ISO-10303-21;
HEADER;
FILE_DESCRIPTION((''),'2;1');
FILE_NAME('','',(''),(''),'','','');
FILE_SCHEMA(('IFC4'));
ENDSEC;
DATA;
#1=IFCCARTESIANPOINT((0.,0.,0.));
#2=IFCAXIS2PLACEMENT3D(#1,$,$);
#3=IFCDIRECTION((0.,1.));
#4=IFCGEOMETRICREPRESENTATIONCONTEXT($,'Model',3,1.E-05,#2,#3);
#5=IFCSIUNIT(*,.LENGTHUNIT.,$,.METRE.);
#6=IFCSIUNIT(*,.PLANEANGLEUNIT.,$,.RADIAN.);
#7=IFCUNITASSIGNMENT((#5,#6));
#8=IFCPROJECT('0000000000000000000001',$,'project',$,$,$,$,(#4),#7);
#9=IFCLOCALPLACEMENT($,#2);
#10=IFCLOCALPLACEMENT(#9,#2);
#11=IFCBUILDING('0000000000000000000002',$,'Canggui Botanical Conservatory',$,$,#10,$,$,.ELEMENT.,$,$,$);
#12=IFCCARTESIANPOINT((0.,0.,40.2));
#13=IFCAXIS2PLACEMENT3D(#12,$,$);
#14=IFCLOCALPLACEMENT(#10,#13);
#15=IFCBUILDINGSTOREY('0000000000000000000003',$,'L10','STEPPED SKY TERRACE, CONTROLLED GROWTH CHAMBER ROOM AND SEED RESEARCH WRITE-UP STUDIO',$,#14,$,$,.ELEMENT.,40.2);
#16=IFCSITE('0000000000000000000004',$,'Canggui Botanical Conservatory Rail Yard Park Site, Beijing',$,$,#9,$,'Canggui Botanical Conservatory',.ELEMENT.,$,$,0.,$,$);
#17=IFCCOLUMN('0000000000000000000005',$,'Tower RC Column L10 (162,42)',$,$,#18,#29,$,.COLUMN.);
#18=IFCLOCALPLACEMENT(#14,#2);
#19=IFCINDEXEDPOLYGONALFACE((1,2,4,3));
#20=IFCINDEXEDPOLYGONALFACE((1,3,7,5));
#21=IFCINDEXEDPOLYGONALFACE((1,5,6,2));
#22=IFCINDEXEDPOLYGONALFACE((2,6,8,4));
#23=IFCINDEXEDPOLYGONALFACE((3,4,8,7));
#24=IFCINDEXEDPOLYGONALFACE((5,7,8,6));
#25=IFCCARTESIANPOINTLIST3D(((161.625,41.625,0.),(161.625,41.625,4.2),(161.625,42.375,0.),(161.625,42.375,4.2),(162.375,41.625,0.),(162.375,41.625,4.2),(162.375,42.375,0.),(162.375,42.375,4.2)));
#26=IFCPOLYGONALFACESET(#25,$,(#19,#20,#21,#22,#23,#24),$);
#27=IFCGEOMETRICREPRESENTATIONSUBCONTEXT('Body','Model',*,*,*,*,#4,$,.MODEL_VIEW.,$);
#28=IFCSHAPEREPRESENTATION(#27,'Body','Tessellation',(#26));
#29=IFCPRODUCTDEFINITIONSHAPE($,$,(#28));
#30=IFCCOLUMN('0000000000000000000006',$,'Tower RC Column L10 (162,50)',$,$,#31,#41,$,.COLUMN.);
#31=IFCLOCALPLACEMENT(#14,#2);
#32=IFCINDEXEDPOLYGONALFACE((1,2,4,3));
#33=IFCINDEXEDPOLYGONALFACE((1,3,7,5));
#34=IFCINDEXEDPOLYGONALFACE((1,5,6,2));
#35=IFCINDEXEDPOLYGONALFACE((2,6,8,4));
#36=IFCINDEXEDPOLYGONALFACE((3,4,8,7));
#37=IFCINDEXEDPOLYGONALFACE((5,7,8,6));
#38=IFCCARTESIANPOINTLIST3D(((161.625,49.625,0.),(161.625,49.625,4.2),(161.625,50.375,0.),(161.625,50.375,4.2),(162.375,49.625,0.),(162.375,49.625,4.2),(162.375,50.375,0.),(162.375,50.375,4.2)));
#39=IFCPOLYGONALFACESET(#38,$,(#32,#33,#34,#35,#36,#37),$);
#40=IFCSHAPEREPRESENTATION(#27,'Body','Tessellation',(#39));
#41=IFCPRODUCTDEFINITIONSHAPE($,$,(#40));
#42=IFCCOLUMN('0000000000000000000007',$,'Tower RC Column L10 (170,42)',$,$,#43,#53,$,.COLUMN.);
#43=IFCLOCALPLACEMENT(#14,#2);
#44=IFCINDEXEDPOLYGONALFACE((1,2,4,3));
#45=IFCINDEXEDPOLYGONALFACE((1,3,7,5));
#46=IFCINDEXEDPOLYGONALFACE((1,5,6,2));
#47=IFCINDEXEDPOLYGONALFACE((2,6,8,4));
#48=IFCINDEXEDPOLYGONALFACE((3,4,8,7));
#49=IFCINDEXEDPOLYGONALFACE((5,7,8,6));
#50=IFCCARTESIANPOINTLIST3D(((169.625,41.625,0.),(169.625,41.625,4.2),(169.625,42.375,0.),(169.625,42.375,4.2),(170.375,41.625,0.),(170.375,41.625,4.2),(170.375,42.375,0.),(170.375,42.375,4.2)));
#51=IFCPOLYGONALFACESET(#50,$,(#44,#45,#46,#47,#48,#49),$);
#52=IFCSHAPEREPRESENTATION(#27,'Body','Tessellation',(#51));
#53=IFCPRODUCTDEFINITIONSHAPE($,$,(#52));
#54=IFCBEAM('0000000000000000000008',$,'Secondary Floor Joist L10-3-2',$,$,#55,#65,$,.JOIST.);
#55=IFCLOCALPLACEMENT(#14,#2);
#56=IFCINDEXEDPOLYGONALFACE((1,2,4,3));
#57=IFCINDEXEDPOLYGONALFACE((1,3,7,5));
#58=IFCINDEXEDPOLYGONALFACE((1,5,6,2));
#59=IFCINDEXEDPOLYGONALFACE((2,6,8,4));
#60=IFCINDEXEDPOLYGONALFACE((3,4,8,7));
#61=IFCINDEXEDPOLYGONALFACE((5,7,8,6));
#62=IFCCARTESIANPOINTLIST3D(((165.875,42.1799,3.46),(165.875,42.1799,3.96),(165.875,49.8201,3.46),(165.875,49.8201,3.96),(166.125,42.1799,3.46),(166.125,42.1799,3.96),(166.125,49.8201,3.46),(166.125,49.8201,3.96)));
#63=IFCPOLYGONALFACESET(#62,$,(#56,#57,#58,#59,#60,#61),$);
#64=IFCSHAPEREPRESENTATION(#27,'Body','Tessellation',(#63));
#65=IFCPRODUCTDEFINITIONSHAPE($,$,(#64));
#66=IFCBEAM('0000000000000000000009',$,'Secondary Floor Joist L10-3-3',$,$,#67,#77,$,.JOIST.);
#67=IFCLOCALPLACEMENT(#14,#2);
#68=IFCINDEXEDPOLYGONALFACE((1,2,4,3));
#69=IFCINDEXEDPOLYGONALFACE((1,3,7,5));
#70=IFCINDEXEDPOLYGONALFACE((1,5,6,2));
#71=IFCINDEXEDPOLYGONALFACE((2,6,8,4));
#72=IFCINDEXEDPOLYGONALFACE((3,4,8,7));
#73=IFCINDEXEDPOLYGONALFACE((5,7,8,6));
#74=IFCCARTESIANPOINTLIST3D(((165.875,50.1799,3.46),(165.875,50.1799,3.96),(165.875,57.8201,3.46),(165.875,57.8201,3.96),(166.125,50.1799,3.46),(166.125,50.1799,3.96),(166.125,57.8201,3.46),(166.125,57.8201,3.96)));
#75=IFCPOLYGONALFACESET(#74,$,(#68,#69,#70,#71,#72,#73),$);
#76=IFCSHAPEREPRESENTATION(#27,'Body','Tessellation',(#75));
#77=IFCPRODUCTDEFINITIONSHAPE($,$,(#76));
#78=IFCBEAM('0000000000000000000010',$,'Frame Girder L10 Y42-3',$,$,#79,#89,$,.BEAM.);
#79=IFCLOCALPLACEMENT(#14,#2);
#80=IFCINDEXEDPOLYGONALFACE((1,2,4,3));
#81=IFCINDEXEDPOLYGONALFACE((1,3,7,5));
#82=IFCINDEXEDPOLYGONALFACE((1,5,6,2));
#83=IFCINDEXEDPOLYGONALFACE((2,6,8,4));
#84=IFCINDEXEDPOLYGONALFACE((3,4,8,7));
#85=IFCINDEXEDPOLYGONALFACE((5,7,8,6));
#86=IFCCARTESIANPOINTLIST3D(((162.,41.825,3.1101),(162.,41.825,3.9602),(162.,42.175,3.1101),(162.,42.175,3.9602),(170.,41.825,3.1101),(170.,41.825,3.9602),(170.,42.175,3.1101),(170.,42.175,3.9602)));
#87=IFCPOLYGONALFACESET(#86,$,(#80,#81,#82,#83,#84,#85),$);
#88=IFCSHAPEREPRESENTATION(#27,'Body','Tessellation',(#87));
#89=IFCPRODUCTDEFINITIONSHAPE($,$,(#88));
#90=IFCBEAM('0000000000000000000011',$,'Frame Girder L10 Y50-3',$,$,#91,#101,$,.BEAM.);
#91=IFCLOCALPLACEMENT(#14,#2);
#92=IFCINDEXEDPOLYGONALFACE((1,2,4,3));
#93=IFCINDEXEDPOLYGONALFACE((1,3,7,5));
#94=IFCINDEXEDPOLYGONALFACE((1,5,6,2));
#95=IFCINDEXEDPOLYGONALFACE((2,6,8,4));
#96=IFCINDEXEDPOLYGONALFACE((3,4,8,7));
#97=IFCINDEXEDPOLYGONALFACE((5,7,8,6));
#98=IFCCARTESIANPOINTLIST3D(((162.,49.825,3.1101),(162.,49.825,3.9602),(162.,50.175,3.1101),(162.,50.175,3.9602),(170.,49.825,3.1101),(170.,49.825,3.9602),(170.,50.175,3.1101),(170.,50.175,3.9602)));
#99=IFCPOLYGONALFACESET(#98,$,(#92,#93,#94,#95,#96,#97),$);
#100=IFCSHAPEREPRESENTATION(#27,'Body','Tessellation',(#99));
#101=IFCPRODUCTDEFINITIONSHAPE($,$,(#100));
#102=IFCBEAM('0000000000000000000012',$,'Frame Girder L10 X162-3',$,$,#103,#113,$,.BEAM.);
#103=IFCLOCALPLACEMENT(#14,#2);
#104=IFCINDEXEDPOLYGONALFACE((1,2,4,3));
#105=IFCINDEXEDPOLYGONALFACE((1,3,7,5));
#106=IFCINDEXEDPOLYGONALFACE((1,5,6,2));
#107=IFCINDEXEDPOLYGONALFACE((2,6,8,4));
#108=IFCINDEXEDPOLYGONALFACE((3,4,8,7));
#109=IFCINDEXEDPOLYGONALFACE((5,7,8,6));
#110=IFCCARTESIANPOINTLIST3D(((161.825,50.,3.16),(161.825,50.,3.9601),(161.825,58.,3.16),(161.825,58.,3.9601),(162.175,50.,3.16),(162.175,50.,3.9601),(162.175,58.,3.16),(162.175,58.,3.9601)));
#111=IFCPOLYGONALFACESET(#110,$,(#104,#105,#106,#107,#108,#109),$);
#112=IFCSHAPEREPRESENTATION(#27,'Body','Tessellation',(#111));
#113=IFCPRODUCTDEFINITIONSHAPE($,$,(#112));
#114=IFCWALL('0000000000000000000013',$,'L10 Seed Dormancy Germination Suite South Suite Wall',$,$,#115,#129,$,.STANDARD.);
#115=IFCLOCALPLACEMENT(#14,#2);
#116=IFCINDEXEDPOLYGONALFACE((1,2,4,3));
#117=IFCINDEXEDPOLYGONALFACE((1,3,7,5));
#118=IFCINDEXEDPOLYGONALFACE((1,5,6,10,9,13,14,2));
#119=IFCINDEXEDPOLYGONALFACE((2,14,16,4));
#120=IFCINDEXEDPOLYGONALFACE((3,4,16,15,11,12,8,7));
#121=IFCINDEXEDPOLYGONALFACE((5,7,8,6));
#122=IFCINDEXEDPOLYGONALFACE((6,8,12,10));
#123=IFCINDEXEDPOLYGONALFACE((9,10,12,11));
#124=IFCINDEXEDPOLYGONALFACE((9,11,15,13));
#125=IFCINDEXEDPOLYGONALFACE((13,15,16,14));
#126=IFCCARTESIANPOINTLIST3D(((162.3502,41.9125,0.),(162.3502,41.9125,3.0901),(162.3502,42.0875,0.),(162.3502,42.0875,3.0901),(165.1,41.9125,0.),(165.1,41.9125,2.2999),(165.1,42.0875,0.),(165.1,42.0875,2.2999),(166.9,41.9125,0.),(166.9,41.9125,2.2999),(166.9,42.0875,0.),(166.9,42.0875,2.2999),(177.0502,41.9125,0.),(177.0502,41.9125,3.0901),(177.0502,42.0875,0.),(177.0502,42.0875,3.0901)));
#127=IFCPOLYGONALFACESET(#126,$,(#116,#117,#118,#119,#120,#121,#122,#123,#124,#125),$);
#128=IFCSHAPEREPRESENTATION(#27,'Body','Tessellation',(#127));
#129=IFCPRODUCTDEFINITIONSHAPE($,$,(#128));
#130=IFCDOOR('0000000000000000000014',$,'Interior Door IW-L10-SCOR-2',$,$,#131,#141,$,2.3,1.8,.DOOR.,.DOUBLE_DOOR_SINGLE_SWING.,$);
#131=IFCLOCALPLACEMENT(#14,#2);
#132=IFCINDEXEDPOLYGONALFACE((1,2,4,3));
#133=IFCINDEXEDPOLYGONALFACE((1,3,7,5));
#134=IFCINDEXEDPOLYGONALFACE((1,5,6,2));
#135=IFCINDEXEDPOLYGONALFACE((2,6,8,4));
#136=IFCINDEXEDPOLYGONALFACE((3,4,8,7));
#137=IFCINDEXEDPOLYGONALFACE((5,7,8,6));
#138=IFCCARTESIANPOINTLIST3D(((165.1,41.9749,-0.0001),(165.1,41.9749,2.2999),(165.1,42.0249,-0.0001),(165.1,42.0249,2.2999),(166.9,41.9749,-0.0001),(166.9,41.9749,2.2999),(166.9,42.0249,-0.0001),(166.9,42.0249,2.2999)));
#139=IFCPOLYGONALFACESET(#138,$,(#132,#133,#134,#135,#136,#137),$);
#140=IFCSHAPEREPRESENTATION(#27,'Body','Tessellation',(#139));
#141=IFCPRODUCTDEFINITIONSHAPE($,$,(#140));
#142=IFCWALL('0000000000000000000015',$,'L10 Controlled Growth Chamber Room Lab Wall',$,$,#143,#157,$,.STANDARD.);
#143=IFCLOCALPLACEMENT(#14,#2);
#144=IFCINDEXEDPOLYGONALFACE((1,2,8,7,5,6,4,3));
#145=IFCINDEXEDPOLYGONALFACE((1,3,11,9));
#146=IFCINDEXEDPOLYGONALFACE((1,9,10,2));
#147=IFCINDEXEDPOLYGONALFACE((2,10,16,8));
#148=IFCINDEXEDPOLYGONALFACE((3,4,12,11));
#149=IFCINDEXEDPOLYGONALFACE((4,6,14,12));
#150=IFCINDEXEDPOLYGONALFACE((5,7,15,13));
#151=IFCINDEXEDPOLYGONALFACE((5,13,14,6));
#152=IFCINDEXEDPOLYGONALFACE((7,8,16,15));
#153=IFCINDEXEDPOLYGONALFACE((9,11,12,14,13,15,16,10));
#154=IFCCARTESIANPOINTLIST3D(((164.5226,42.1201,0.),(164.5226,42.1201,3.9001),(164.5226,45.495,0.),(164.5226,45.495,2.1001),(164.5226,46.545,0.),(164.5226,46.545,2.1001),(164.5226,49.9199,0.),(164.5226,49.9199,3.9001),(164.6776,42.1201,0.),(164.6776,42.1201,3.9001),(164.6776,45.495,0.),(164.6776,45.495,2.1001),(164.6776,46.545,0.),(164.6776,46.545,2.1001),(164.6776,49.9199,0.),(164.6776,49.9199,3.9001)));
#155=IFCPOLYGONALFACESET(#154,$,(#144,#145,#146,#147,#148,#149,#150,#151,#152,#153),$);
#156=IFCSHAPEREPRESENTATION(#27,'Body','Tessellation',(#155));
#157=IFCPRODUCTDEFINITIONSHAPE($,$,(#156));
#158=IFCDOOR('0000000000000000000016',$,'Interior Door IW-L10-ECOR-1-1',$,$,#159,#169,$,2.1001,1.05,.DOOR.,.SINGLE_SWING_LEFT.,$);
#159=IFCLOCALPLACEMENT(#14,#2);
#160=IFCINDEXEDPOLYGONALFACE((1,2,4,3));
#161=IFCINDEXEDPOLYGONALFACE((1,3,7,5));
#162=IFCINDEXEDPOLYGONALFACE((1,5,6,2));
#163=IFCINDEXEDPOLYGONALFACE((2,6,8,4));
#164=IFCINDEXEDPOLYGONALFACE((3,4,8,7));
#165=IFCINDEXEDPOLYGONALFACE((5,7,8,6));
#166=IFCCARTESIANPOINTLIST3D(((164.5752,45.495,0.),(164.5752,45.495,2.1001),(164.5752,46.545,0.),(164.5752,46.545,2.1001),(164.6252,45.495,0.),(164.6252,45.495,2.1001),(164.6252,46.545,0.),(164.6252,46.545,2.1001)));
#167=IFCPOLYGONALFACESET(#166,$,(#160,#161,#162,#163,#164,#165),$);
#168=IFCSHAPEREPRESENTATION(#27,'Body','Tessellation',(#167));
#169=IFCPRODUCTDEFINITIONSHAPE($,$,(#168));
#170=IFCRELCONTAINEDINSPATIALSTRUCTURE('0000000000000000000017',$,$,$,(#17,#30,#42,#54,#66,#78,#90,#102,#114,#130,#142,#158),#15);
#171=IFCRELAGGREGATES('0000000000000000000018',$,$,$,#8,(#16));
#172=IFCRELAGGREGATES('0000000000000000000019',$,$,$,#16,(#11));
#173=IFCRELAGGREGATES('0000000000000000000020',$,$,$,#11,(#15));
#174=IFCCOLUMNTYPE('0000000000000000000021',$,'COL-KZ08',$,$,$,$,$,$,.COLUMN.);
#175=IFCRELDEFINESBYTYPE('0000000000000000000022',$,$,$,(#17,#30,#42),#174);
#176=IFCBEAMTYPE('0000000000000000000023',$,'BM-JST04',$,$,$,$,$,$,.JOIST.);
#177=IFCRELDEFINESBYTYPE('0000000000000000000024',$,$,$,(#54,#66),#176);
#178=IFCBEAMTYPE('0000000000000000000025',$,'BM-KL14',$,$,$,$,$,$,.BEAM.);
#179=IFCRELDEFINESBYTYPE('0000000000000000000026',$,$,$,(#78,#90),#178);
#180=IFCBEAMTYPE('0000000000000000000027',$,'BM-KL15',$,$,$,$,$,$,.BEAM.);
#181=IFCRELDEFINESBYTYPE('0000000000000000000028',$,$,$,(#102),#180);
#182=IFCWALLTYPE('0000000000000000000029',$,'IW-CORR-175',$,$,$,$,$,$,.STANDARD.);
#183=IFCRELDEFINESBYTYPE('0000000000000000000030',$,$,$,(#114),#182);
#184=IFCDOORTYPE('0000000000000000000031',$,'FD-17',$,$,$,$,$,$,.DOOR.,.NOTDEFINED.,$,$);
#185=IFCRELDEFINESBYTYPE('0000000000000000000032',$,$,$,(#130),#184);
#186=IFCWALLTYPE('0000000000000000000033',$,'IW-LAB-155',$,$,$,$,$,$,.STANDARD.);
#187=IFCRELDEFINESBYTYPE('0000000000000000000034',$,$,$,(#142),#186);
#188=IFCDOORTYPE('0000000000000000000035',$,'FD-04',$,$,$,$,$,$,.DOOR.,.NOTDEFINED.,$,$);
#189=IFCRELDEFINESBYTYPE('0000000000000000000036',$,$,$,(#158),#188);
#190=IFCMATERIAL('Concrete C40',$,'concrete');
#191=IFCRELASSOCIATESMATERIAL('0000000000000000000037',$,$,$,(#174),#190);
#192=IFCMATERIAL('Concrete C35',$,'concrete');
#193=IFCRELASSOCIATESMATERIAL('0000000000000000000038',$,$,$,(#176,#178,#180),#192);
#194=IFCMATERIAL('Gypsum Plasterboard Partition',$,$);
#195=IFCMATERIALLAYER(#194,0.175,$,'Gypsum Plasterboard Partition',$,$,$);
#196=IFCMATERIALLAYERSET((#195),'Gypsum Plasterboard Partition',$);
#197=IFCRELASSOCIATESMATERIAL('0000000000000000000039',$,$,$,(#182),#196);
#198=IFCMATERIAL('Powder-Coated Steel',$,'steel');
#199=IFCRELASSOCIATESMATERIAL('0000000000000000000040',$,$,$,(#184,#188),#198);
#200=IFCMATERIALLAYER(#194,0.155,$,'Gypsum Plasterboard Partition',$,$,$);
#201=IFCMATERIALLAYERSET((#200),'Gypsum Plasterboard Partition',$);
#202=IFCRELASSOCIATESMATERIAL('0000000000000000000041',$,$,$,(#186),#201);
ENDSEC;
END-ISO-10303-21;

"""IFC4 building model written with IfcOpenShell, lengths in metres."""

from ifc_helpers import new_model, si_unit, direction, frame, frame_2d, origin, origin_2d, place, context, subcontext, project, spatial, rectangle, extrude, material, layer, layer_set, material_profile, profile_set, type_object, element, fill, save


model = new_model("IFC4")

# Units and contexts
model_context = context("Model", 3, precision=1e-05, world=origin(), true_north=direction((0.0, 1.0)))
body_context = subcontext(model_context, "Body", "Model", "MODEL_VIEW")
ifc_project = project(units=[si_unit("LENGTHUNIT", "METRE"), si_unit("PLANEANGLEUNIT", "RADIAN")], contexts=[model_context])

# Site, building, storey
site_placement = place(None, origin())
site = spatial("IfcSite", under=ifc_project, at=site_placement, Name="Canggui Botanical Conservatory Rail Yard Park Site, Beijing", LongName="Canggui Botanical Conservatory", CompositionType="ELEMENT", RefElevation=0.0)
building_placement = place(site_placement, origin())
building = spatial("IfcBuilding", under=site, at=building_placement, Name="Canggui Botanical Conservatory", CompositionType="ELEMENT")
storey_placement = place(building_placement, frame((0.0, 0.0, 40.2)))
storey = spatial("IfcBuildingStorey", under=building, at=storey_placement, Name="L10", Description="STEPPED SKY TERRACE, CONTROLLED GROWTH CHAMBER ROOM AND SEED RESEARCH WRITE-UP STUDIO", CompositionType="ELEMENT", Elevation=40.2)

# Columns
ifc_material_1 = material(Name="Concrete C40", Category="concrete")
ifc_material_profile_1 = material_profile(ifc_material_1, rectangle(XDim=0.75, YDim=0.75, at=origin_2d()), Name="RC 750x750")
ifc_profile_set_1 = profile_set([ifc_material_profile_1], Name="Concrete C40")
column_type = type_object("IfcColumnType", Name="COL-KZ08", PredefinedType="COLUMN", material=ifc_profile_set_1)
for number, where, z_axis, x_axis, name in (
    (1, (162.0, 42.0, 0.0), (0.0, 0.0, 1.0), (1.0, 0.0, 0.0), "Tower RC Column L10 (162,42)"),
    (2, (162.0, 50.0, 0.0), (0.0, 0.0, 1.0), (1.0, 0.0, 0.0), "Tower RC Column L10 (162,50)"),
    (3, (170.0, 42.0, 0.0), (0.0, 0.0, 1.0), (1.0, 0.0, 0.0), "Tower RC Column L10 (170,42)"),
):
    element("IfcColumn", number, at=place(storey_placement, frame(where, z_axis=z_axis, x_axis=x_axis)), inside=storey, type_object=column_type, Name=name, PredefinedType="COLUMN", context=body_context, shape_type="SweptSolid", body=[
        extrude(rectangle(XDim=0.75, YDim=0.75, at=origin_2d()), origin(), (0.0, 0.0, 1.0), 4.2),
    ])

# Beams
ifc_material_2 = material(Name="Concrete C35", Category="concrete")
ifc_material_profile_2 = material_profile(ifc_material_2, rectangle(XDim=0.25, YDim=0.5, at=origin_2d()), Name="RB 250x500")
ifc_profile_set_2 = profile_set([ifc_material_profile_2], Name="Concrete C35")
beam_type_1 = type_object("IfcBeamType", Name="BM-JST04", PredefinedType="JOIST", material=ifc_profile_set_2)
for number, where, z_axis, x_axis, name in (
    (4, (166.0, 42.1799, 3.71), (0.0, 1.0, 0.0), (-1.0, 0.0, 0.0), "Secondary Floor Joist L10-3-2"),
    (5, (166.0, 50.1799, 3.71), (0.0, 1.0, 0.0), (-1.0, 0.0, 0.0), "Secondary Floor Joist L10-3-3"),
):
    element("IfcBeam", number, at=place(storey_placement, frame(where, z_axis=z_axis, x_axis=x_axis)), inside=storey, type_object=beam_type_1, Name=name, PredefinedType="JOIST", context=body_context, shape_type="SweptSolid", body=[
        extrude(rectangle(XDim=0.25, YDim=0.5, at=origin_2d()), origin(), (0.0, 0.0, 1.0), 7.6401),
    ])
ifc_material_profile_3 = material_profile(ifc_material_2, rectangle(XDim=0.3501, YDim=0.8501, at=origin_2d()), Name="RB 350x850")
ifc_profile_set_3 = profile_set([ifc_material_profile_3], Name="Concrete C35")
beam_type_2 = type_object("IfcBeamType", Name="BM-KL14", PredefinedType="BEAM", material=ifc_profile_set_3)
for number, where, z_axis, x_axis, name in (
    (6, (162.0, 42.0, 3.5352), (1.0, 0.0, 0.0), (0.0, 1.0, 0.0), "Frame Girder L10 Y42-3"),
    (7, (162.0, 50.0, 3.5352), (1.0, 0.0, 0.0), (0.0, 1.0, 0.0), "Frame Girder L10 Y50-3"),
):
    element("IfcBeam", number, at=place(storey_placement, frame(where, z_axis=z_axis, x_axis=x_axis)), inside=storey, type_object=beam_type_2, Name=name, PredefinedType="BEAM", context=body_context, shape_type="SweptSolid", body=[
        extrude(rectangle(XDim=0.3501, YDim=0.8501, at=origin_2d()), origin(), (0.0, 0.0, 1.0), 8.0),
    ])
ifc_material_profile_4 = material_profile(ifc_material_2, rectangle(XDim=0.3501, YDim=0.8, at=origin_2d()), Name="RB 350x800")
ifc_profile_set_4 = profile_set([ifc_material_profile_4], Name="Concrete C35")
beam_type_3 = type_object("IfcBeamType", Name="BM-KL15", PredefinedType="BEAM", material=ifc_profile_set_4)
beam_placement = place(storey_placement, frame((162.0, 50.0, 3.5601), z_axis=(0.0, 1.0, 0.0), x_axis=(-1.0, 0.0, 0.0)))
element("IfcBeam", 8, at=beam_placement, inside=storey, type_object=beam_type_3, Name="Frame Girder L10 X162-3", PredefinedType="BEAM", context=body_context, shape_type="SweptSolid", body=[
    extrude(rectangle(XDim=0.3501, YDim=0.8, at=origin_2d()), origin(), (0.0, 0.0, 1.0), 8.0),
])

# Walls, openings, doors
ifc_material_3 = material(Name="Gypsum Plasterboard Partition")
ifc_layer_1 = layer(ifc_material_3, 0.175, Name="Gypsum Plasterboard Partition")
ifc_layer_set_1 = layer_set([ifc_layer_1], Name="Gypsum Plasterboard Partition")
wall_type_1 = type_object("IfcWallType", Name="IW-CORR-175", PredefinedType="STANDARD", material=ifc_layer_set_1)
wall_1_placement = place(storey_placement, frame((162.3501, 42.0, 0.0), z_axis=(0.0, 0.0, 1.0), x_axis=(1.0, 0.0, 0.0)))
wall_1 = element("IfcWall", 9, at=wall_1_placement, inside=storey, type_object=wall_type_1, Name="L10 Seed Dormancy Germination Suite South Suite Wall", PredefinedType="STANDARD", context=body_context, shape_type="SweptSolid", body=[
    extrude(rectangle(XDim=14.7, YDim=0.175, at=frame_2d((7.3501, 0.0))), origin(), (0.0, 0.0, 1.0), 3.0901),
])
opening_1_placement = place(wall_1_placement, frame((2.75, 0.0, 0.0)))
opening_1 = element("IfcOpeningElement", 10, at=opening_1_placement, cuts=wall_1, PredefinedType="OPENING", context=body_context, shape_type="SweptSolid", body=[
    extrude(rectangle(XDim=1.8, YDim=2.3, at=frame_2d((0.8999, 1.1499))), frame((0.0, 0.0977, 0.0), z_axis=(0.0, -1.0, 0.0), x_axis=(1.0, 0.0, 0.0)), (0.0, 0.0, 1.0), 0.1951),
])
ifc_material_4 = material(Name="Powder-Coated Steel", Category="steel")
door_type_1 = type_object("IfcDoorType", Name="FD-17", OperationType="NOTDEFINED", PredefinedType="DOOR", material=ifc_material_4)
door_1_placement = place(opening_1_placement, origin())
door_1 = element("IfcDoor", 11, at=door_1_placement, inside=storey, type_object=door_type_1, Name="Interior Door IW-L10-SCOR-2", OperationType="DOUBLE_DOOR_SINGLE_SWING", OverallHeight=2.3, OverallWidth=1.8, PredefinedType="DOOR", context=body_context, shape_type="SweptSolid", body=[
    extrude(rectangle(XDim=1.8, YDim=2.3, at=frame_2d((0.8999, 1.1499))), frame((0.0, 0.0249, 0.0), z_axis=(0.0, -1.0, 0.0), x_axis=(1.0, 0.0, 0.0)), (0.0, 0.0, 1.0), 0.05),
])
fill(opening_1, door_1)
ifc_layer_2 = layer(ifc_material_3, 0.155, Name="Gypsum Plasterboard Partition")
ifc_layer_set_2 = layer_set([ifc_layer_2], Name="Gypsum Plasterboard Partition")
wall_type_2 = type_object("IfcWallType", Name="IW-LAB-155", PredefinedType="STANDARD", material=ifc_layer_set_2)
wall_2_placement = place(storey_placement, frame((164.6001, 42.1201, 0.0), z_axis=(0.0, 0.0, 1.0), x_axis=(0.0, 1.0, 0.0)))
wall_2 = element("IfcWall", 12, at=wall_2_placement, inside=storey, type_object=wall_type_2, Name="L10 Controlled Growth Chamber Room Lab Wall", PredefinedType="STANDARD", context=body_context, shape_type="SweptSolid", body=[
    extrude(rectangle(XDim=7.7998, YDim=0.155, at=frame_2d((3.8999, 0.0))), origin(), (0.0, 0.0, 1.0), 3.9001),
])
opening_2_placement = place(wall_2_placement, frame((3.375, 0.0, 0.0)))
opening_2 = element("IfcOpeningElement", 13, at=opening_2_placement, cuts=wall_2, PredefinedType="OPENING", context=body_context, shape_type="SweptSolid", body=[
    extrude(rectangle(XDim=1.05, YDim=2.1001, at=frame_2d((0.5249, 1.05))), frame((0.0, 0.0874, 0.0), z_axis=(0.0, -1.0, 0.0), x_axis=(1.0, 0.0, 0.0)), (0.0, 0.0, 1.0), 0.175),
])
door_type_2 = type_object("IfcDoorType", Name="FD-04", OperationType="NOTDEFINED", PredefinedType="DOOR", material=ifc_material_4)
door_2_placement = place(opening_2_placement, origin())
door_2 = element("IfcDoor", 14, at=door_2_placement, inside=storey, type_object=door_type_2, Name="Interior Door IW-L10-ECOR-1-1", OperationType="SINGLE_SWING_LEFT", OverallHeight=2.1001, OverallWidth=1.05, PredefinedType="DOOR", context=body_context, shape_type="SweptSolid", body=[
    extrude(rectangle(XDim=1.05, YDim=2.1001, at=frame_2d((0.5249, 1.05))), frame((0.0, 0.0249, 0.0), z_axis=(0.0, -1.0, 0.0), x_axis=(1.0, 0.0, 0.0)), (0.0, 0.0, 1.0), 0.05),
])
fill(opening_2, door_2)

save(model, "model.ifc")
